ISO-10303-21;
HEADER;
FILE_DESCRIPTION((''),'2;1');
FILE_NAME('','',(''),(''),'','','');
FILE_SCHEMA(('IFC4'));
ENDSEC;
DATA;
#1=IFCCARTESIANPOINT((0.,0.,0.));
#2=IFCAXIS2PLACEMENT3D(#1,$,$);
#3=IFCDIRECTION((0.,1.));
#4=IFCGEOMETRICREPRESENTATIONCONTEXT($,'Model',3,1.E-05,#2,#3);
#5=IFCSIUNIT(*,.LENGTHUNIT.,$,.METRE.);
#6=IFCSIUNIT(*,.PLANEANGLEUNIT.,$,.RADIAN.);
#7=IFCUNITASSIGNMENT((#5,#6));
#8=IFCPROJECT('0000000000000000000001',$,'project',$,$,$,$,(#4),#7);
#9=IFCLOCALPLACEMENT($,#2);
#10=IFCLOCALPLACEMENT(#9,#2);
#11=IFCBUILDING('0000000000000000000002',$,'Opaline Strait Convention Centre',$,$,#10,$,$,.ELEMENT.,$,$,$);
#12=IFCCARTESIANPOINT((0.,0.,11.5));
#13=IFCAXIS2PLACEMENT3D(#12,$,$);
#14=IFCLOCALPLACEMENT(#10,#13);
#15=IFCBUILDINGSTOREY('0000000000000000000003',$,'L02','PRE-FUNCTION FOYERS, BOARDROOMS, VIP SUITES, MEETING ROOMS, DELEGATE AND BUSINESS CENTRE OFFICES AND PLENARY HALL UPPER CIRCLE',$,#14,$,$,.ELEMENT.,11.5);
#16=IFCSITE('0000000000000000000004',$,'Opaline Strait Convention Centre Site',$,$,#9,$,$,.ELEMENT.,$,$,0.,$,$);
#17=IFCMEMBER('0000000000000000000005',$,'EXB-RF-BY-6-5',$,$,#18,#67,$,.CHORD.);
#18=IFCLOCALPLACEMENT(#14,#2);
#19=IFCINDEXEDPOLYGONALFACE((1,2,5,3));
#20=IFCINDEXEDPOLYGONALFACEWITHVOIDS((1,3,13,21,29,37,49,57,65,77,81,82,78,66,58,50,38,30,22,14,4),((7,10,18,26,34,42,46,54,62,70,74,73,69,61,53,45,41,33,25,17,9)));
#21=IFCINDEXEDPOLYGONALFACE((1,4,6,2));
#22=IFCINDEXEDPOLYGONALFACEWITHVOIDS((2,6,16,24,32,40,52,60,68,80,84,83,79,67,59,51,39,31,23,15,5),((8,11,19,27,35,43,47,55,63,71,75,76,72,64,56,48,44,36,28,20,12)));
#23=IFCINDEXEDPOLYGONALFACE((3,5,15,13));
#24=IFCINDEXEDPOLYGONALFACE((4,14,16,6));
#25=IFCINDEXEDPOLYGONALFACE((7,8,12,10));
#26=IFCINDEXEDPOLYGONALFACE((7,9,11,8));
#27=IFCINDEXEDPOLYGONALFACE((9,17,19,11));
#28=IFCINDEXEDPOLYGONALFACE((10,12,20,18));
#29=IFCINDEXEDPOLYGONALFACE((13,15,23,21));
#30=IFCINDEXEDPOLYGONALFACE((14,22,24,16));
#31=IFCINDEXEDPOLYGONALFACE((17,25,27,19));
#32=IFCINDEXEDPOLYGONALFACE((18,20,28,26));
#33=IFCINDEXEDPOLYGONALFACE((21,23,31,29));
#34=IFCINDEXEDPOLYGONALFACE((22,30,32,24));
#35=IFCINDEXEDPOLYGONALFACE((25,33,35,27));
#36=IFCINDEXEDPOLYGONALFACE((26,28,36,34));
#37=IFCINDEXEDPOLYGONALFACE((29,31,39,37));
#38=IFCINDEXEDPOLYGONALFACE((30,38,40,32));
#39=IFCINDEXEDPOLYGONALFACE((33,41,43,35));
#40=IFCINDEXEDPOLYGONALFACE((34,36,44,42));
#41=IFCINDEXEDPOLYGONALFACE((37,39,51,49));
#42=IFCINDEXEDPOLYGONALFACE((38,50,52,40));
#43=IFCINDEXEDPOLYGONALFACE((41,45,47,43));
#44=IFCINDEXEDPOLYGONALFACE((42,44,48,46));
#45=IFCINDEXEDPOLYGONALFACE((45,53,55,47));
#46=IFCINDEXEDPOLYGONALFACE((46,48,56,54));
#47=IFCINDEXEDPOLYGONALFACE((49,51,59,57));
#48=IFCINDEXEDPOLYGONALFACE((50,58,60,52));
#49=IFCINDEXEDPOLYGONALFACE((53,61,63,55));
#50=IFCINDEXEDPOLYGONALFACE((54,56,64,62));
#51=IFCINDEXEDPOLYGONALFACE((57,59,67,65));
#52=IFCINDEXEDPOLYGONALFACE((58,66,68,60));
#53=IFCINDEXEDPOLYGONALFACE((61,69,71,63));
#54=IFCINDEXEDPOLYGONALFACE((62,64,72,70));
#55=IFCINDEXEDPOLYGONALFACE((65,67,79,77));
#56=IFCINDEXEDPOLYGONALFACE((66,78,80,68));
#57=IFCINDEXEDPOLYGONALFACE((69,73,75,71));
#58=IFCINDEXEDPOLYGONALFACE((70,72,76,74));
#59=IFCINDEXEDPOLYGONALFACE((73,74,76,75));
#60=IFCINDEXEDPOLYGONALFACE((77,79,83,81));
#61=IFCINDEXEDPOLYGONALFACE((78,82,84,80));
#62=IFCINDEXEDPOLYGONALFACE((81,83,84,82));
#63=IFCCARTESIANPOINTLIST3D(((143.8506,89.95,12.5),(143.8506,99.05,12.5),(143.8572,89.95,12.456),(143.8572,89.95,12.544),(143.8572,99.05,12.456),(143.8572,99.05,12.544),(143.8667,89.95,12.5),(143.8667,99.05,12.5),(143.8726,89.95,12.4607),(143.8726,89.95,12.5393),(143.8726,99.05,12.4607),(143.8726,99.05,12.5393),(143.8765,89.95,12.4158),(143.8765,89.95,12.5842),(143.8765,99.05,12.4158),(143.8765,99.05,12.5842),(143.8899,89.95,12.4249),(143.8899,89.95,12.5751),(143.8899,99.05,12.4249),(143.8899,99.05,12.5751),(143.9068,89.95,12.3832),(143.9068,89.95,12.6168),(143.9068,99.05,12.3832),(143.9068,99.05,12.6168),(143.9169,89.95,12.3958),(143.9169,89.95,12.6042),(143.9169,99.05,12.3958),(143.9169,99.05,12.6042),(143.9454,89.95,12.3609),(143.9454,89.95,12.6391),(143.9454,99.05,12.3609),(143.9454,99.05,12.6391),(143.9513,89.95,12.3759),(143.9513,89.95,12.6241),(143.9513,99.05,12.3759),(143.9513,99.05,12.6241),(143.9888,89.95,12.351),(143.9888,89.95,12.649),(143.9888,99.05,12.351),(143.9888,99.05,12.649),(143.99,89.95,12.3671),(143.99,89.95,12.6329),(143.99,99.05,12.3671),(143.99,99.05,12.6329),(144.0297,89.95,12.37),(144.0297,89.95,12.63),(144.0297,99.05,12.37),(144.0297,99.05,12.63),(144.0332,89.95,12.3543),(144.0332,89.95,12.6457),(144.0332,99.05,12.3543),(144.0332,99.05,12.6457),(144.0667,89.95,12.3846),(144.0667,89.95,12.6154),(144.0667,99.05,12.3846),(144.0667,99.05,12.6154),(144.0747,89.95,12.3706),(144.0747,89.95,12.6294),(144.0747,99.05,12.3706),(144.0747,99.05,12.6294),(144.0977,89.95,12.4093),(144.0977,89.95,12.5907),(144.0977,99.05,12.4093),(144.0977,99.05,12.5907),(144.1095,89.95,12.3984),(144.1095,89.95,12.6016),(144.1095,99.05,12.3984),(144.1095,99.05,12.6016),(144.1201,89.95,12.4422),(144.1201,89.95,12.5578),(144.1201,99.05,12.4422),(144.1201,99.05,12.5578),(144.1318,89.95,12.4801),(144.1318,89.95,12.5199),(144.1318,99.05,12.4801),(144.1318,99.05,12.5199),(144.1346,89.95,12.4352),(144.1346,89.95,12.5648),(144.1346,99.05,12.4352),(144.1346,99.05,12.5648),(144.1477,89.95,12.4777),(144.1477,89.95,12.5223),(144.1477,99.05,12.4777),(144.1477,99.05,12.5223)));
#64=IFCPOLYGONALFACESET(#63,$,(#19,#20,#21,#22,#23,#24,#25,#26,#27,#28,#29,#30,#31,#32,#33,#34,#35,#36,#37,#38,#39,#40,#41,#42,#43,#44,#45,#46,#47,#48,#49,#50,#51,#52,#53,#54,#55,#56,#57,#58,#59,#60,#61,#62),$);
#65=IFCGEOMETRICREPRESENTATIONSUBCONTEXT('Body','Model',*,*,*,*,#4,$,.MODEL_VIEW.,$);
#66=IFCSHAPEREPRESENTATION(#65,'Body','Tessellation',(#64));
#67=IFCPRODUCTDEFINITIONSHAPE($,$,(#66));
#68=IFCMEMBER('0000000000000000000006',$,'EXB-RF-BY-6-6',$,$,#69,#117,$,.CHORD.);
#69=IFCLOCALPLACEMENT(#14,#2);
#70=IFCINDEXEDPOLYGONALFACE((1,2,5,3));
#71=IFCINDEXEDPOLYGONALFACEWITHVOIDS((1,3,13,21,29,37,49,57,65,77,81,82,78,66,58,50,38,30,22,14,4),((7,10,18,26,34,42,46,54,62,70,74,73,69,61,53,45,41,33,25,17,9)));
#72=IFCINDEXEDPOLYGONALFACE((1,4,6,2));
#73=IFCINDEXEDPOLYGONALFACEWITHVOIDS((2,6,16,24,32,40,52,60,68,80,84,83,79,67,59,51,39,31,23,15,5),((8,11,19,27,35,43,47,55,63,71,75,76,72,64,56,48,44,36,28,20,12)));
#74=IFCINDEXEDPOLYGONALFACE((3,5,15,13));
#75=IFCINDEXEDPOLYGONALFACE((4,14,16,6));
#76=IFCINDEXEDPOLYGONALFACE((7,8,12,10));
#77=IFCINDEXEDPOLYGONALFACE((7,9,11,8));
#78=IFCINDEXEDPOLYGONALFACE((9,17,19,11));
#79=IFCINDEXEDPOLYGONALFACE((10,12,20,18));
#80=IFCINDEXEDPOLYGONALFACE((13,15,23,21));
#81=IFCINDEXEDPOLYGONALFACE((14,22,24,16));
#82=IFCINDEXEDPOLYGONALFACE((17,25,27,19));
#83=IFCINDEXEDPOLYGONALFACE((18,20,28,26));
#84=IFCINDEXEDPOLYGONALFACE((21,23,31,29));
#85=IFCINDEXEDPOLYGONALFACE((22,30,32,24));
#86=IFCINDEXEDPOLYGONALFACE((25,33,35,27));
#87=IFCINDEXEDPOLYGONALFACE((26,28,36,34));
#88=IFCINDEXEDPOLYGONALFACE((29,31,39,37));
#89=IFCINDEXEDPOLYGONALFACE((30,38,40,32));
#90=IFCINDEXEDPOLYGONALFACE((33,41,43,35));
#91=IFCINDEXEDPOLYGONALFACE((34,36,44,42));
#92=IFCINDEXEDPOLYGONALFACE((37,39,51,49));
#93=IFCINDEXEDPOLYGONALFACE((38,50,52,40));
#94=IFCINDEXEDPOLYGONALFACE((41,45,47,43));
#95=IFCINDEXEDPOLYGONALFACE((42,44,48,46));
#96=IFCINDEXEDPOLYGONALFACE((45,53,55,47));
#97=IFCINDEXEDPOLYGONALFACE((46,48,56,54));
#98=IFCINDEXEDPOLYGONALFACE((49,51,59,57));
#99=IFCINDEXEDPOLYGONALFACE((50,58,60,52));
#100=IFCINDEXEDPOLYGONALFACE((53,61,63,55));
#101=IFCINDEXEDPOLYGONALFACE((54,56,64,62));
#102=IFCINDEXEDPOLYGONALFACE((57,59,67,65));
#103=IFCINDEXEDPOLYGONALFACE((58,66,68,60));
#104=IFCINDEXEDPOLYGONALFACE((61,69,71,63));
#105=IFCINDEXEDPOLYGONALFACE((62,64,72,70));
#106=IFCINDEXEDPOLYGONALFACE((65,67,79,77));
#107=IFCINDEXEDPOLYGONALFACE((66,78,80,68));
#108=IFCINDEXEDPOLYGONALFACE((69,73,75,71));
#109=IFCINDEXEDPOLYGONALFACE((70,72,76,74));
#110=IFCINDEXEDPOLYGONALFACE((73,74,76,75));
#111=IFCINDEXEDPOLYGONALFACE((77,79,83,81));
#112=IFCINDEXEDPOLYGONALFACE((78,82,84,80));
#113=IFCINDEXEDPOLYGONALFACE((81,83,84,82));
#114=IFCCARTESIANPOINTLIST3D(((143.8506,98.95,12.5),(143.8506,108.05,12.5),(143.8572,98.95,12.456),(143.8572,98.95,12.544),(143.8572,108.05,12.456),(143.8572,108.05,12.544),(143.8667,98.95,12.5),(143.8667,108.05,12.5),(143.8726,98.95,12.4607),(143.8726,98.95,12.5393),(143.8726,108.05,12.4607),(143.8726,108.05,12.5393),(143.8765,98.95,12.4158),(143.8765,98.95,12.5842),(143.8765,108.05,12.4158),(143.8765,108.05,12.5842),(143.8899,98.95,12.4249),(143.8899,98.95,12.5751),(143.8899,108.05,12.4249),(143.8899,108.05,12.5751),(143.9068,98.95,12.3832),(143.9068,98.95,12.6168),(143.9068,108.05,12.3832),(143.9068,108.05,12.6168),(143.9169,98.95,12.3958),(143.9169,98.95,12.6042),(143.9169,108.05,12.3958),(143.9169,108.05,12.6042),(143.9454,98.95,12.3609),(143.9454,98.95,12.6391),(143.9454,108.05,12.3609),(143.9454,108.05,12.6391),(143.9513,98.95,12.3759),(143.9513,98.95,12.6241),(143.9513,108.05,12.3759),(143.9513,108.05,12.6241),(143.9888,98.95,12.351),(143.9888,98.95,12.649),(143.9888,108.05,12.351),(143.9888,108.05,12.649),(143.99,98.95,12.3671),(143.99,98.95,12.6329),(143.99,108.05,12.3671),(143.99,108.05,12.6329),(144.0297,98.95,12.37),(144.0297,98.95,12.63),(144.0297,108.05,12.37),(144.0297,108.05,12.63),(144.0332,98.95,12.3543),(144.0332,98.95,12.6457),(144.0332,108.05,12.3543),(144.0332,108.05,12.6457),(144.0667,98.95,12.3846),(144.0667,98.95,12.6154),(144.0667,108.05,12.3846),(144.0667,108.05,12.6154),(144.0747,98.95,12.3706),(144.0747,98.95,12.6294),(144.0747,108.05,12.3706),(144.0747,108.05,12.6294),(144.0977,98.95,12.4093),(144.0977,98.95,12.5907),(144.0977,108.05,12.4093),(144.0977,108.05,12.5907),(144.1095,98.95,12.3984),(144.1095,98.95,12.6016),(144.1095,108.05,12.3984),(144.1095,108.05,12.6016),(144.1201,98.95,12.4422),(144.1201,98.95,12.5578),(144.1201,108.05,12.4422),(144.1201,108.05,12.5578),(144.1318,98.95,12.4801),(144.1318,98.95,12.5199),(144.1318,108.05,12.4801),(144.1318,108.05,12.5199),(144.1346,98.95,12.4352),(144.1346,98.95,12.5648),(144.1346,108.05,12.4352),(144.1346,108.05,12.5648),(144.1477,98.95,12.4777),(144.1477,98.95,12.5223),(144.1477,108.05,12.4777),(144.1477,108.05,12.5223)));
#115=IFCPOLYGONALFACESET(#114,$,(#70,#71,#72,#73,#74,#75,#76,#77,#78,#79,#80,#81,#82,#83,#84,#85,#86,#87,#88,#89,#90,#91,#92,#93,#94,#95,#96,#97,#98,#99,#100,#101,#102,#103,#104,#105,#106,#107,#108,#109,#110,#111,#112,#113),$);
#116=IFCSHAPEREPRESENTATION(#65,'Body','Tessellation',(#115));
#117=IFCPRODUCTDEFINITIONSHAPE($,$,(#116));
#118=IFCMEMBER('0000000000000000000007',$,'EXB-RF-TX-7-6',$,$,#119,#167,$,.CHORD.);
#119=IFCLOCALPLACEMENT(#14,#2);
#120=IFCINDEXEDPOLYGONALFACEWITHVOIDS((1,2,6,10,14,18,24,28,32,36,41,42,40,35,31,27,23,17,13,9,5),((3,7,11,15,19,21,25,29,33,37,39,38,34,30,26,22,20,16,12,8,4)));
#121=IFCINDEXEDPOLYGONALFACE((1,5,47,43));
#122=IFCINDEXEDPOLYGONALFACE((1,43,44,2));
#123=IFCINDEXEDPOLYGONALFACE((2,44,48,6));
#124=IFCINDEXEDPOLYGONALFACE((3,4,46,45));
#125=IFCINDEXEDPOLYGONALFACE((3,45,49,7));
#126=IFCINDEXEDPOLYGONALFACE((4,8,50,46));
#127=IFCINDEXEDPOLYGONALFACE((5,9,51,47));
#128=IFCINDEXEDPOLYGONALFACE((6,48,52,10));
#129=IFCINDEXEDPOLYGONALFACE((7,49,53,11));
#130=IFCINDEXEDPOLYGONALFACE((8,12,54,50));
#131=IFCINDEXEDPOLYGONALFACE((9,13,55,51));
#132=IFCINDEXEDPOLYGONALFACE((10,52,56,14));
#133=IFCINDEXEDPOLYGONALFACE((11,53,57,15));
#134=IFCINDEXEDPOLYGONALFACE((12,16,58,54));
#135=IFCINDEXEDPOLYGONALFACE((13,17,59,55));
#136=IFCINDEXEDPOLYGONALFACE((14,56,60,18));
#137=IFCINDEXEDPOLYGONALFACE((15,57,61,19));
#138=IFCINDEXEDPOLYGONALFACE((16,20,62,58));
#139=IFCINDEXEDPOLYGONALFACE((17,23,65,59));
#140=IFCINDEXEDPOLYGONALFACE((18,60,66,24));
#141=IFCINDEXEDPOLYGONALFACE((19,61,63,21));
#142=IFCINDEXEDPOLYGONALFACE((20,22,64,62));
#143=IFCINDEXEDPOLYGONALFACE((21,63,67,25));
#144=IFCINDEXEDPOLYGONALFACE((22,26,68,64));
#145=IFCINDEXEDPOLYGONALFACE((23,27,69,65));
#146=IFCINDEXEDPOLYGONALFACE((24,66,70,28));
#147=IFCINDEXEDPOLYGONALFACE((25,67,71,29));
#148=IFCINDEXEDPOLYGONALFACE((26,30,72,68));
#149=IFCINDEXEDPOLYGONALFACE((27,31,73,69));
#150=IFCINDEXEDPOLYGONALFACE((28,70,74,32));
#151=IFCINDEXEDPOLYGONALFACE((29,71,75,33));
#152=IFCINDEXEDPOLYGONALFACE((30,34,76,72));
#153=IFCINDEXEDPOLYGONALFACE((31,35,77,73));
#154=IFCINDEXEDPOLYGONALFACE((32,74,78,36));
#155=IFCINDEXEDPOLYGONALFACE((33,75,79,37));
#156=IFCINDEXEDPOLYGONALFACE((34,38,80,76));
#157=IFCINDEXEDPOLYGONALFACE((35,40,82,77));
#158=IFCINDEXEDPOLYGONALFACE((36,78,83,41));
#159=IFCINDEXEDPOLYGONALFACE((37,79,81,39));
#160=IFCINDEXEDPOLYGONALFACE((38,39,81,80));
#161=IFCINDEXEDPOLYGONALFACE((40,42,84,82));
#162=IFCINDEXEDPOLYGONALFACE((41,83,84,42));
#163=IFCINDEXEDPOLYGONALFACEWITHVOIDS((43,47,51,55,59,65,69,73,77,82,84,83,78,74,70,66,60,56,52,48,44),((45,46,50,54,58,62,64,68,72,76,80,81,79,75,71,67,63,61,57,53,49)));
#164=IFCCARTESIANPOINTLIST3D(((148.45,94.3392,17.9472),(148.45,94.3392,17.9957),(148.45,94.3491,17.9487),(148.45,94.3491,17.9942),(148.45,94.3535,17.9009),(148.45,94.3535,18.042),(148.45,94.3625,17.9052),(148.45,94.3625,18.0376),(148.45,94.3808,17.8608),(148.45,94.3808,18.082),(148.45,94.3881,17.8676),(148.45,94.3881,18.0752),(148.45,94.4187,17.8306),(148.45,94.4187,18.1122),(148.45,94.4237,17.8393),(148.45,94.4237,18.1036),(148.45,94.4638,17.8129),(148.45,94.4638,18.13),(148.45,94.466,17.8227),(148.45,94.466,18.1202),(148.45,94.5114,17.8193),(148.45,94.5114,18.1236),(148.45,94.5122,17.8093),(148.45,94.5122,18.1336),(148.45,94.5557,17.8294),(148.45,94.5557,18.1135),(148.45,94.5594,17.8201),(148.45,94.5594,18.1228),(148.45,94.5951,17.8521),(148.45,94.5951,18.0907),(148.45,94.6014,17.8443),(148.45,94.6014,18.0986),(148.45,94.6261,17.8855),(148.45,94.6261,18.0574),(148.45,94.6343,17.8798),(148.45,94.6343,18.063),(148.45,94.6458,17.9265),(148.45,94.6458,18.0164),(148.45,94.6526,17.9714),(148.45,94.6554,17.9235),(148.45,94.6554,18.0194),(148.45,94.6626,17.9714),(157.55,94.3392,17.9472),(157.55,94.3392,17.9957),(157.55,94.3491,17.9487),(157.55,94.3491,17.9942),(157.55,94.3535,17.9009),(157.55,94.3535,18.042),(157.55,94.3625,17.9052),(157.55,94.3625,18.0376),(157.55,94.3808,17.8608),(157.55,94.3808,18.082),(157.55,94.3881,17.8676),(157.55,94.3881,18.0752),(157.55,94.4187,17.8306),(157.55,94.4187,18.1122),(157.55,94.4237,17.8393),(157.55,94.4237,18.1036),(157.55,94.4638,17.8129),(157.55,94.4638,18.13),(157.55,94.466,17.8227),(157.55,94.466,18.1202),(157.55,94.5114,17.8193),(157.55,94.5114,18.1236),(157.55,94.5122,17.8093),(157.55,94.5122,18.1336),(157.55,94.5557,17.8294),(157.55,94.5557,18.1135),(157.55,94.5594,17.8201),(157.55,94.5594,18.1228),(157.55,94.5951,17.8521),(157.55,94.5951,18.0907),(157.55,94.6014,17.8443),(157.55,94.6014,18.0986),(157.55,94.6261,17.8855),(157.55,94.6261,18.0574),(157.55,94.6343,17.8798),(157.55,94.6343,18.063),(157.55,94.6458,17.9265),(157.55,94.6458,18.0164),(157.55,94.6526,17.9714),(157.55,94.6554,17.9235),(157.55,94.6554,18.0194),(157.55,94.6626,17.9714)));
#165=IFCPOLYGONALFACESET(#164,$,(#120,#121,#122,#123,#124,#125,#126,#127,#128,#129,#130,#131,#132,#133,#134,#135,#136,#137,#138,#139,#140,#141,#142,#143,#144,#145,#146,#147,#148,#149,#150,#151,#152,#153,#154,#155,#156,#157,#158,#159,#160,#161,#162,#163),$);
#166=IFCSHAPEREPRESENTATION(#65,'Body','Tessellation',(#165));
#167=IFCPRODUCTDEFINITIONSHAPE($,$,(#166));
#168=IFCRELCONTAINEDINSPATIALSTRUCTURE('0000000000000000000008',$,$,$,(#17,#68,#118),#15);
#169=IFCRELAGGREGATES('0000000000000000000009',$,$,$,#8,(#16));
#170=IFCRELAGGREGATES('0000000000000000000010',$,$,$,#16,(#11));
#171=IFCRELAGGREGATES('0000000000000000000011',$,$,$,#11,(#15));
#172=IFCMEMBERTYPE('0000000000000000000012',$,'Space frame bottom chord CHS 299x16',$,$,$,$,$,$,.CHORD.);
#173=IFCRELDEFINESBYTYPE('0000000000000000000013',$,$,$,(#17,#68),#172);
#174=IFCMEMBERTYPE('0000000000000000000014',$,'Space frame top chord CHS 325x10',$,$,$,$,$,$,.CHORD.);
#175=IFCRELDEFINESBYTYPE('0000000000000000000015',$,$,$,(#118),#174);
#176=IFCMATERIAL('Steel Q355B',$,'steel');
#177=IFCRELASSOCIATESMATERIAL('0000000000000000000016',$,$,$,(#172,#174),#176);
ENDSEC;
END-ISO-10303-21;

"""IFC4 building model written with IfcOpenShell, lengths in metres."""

from ifc_helpers import new_model, si_unit, direction, frame, origin, origin_2d, place, context, subcontext, project, spatial, hollow_circle, extrude, material, material_profile, profile_set, type_object, element, save


model = new_model("IFC4")

# Units and contexts
model_context = context("Model", 3, precision=1e-05, world=origin(), true_north=direction((0.0, 1.0)))
body_context = subcontext(model_context, "Body", "Model", "MODEL_VIEW")
ifc_project = project(units=[si_unit("LENGTHUNIT", "METRE"), si_unit("PLANEANGLEUNIT", "RADIAN")], contexts=[model_context])

# Site, building, storey
site_placement = place(None, origin())
site = spatial("IfcSite", under=ifc_project, at=site_placement, Name="Opaline Strait Convention Centre Site", CompositionType="ELEMENT", RefElevation=0.0)
building_placement = place(site_placement, origin())
building = spatial("IfcBuilding", under=site, at=building_placement, Name="Opaline Strait Convention Centre", CompositionType="ELEMENT")
storey_placement = place(building_placement, frame((0.0, 0.0, 11.5)))
storey = spatial("IfcBuildingStorey", under=building, at=storey_placement, Name="L02", Description="PRE-FUNCTION FOYERS, BOARDROOMS, VIP SUITES, MEETING ROOMS, DELEGATE AND BUSINESS CENTRE OFFICES AND PLENARY HALL UPPER CIRCLE", CompositionType="ELEMENT", Elevation=11.5)

# Members
ifc_material = material(Name="Steel Q355B", Category="steel")
ifc_material_profile_1 = material_profile(ifc_material, hollow_circle(Radius=0.1494, WallThickness=0.0161, at=origin_2d()), Name="CHS 299x16")
ifc_profile_set_1 = profile_set([ifc_material_profile_1], Name="Steel Q355B")
member_type_1 = type_object("IfcMemberType", Name="Space frame bottom chord CHS 299x16", PredefinedType="CHORD", material=ifc_profile_set_1)
for number, where, z_axis, x_axis, name in (
    (1, (144.0, 89.95, 12.5), (0.0, 1.0, 0.0), (-1.0, 0.0, 0.0), "EXB-RF-BY-6-5"),
    (2, (144.0, 98.95, 12.5), (0.0, 1.0, 0.0), (-1.0, 0.0, 0.0), "EXB-RF-BY-6-6"),
):
    element("IfcMember", number, at=place(storey_placement, frame(where, z_axis=z_axis, x_axis=x_axis)), inside=storey, type_object=member_type_1, Name=name, PredefinedType="CHORD", context=body_context, shape_type="SweptSolid", body=[
        extrude(hollow_circle(Radius=0.1494, WallThickness=0.0161, at=origin_2d()), origin(), (0.0, 0.0, 1.0), 9.1001),
    ])
ifc_material_profile_2 = material_profile(ifc_material, hollow_circle(Radius=0.1626, WallThickness=0.01, at=origin_2d()), Name="CHS 325x10")
ifc_profile_set_2 = profile_set([ifc_material_profile_2], Name="Steel Q355B")
member_type_2 = type_object("IfcMemberType", Name="Space frame top chord CHS 325x10", PredefinedType="CHORD", material=ifc_profile_set_2)
for number, where, z_axis, x_axis, name in (
    (3, (148.45, 94.5, 17.9714), (1.0, 0.0, 0.0), (0.0, 1.0, 0.0), "EXB-RF-TX-7-6"),
):
    element("IfcMember", number, at=place(storey_placement, frame(where, z_axis=z_axis, x_axis=x_axis)), inside=storey, type_object=member_type_2, Name=name, PredefinedType="CHORD", context=body_context, shape_type="SweptSolid", body=[
        extrude(hollow_circle(Radius=0.1626, WallThickness=0.01, at=origin_2d()), origin(), (0.0, 0.0, 1.0), 9.1001),
    ])

save(model, "model.ifc")
